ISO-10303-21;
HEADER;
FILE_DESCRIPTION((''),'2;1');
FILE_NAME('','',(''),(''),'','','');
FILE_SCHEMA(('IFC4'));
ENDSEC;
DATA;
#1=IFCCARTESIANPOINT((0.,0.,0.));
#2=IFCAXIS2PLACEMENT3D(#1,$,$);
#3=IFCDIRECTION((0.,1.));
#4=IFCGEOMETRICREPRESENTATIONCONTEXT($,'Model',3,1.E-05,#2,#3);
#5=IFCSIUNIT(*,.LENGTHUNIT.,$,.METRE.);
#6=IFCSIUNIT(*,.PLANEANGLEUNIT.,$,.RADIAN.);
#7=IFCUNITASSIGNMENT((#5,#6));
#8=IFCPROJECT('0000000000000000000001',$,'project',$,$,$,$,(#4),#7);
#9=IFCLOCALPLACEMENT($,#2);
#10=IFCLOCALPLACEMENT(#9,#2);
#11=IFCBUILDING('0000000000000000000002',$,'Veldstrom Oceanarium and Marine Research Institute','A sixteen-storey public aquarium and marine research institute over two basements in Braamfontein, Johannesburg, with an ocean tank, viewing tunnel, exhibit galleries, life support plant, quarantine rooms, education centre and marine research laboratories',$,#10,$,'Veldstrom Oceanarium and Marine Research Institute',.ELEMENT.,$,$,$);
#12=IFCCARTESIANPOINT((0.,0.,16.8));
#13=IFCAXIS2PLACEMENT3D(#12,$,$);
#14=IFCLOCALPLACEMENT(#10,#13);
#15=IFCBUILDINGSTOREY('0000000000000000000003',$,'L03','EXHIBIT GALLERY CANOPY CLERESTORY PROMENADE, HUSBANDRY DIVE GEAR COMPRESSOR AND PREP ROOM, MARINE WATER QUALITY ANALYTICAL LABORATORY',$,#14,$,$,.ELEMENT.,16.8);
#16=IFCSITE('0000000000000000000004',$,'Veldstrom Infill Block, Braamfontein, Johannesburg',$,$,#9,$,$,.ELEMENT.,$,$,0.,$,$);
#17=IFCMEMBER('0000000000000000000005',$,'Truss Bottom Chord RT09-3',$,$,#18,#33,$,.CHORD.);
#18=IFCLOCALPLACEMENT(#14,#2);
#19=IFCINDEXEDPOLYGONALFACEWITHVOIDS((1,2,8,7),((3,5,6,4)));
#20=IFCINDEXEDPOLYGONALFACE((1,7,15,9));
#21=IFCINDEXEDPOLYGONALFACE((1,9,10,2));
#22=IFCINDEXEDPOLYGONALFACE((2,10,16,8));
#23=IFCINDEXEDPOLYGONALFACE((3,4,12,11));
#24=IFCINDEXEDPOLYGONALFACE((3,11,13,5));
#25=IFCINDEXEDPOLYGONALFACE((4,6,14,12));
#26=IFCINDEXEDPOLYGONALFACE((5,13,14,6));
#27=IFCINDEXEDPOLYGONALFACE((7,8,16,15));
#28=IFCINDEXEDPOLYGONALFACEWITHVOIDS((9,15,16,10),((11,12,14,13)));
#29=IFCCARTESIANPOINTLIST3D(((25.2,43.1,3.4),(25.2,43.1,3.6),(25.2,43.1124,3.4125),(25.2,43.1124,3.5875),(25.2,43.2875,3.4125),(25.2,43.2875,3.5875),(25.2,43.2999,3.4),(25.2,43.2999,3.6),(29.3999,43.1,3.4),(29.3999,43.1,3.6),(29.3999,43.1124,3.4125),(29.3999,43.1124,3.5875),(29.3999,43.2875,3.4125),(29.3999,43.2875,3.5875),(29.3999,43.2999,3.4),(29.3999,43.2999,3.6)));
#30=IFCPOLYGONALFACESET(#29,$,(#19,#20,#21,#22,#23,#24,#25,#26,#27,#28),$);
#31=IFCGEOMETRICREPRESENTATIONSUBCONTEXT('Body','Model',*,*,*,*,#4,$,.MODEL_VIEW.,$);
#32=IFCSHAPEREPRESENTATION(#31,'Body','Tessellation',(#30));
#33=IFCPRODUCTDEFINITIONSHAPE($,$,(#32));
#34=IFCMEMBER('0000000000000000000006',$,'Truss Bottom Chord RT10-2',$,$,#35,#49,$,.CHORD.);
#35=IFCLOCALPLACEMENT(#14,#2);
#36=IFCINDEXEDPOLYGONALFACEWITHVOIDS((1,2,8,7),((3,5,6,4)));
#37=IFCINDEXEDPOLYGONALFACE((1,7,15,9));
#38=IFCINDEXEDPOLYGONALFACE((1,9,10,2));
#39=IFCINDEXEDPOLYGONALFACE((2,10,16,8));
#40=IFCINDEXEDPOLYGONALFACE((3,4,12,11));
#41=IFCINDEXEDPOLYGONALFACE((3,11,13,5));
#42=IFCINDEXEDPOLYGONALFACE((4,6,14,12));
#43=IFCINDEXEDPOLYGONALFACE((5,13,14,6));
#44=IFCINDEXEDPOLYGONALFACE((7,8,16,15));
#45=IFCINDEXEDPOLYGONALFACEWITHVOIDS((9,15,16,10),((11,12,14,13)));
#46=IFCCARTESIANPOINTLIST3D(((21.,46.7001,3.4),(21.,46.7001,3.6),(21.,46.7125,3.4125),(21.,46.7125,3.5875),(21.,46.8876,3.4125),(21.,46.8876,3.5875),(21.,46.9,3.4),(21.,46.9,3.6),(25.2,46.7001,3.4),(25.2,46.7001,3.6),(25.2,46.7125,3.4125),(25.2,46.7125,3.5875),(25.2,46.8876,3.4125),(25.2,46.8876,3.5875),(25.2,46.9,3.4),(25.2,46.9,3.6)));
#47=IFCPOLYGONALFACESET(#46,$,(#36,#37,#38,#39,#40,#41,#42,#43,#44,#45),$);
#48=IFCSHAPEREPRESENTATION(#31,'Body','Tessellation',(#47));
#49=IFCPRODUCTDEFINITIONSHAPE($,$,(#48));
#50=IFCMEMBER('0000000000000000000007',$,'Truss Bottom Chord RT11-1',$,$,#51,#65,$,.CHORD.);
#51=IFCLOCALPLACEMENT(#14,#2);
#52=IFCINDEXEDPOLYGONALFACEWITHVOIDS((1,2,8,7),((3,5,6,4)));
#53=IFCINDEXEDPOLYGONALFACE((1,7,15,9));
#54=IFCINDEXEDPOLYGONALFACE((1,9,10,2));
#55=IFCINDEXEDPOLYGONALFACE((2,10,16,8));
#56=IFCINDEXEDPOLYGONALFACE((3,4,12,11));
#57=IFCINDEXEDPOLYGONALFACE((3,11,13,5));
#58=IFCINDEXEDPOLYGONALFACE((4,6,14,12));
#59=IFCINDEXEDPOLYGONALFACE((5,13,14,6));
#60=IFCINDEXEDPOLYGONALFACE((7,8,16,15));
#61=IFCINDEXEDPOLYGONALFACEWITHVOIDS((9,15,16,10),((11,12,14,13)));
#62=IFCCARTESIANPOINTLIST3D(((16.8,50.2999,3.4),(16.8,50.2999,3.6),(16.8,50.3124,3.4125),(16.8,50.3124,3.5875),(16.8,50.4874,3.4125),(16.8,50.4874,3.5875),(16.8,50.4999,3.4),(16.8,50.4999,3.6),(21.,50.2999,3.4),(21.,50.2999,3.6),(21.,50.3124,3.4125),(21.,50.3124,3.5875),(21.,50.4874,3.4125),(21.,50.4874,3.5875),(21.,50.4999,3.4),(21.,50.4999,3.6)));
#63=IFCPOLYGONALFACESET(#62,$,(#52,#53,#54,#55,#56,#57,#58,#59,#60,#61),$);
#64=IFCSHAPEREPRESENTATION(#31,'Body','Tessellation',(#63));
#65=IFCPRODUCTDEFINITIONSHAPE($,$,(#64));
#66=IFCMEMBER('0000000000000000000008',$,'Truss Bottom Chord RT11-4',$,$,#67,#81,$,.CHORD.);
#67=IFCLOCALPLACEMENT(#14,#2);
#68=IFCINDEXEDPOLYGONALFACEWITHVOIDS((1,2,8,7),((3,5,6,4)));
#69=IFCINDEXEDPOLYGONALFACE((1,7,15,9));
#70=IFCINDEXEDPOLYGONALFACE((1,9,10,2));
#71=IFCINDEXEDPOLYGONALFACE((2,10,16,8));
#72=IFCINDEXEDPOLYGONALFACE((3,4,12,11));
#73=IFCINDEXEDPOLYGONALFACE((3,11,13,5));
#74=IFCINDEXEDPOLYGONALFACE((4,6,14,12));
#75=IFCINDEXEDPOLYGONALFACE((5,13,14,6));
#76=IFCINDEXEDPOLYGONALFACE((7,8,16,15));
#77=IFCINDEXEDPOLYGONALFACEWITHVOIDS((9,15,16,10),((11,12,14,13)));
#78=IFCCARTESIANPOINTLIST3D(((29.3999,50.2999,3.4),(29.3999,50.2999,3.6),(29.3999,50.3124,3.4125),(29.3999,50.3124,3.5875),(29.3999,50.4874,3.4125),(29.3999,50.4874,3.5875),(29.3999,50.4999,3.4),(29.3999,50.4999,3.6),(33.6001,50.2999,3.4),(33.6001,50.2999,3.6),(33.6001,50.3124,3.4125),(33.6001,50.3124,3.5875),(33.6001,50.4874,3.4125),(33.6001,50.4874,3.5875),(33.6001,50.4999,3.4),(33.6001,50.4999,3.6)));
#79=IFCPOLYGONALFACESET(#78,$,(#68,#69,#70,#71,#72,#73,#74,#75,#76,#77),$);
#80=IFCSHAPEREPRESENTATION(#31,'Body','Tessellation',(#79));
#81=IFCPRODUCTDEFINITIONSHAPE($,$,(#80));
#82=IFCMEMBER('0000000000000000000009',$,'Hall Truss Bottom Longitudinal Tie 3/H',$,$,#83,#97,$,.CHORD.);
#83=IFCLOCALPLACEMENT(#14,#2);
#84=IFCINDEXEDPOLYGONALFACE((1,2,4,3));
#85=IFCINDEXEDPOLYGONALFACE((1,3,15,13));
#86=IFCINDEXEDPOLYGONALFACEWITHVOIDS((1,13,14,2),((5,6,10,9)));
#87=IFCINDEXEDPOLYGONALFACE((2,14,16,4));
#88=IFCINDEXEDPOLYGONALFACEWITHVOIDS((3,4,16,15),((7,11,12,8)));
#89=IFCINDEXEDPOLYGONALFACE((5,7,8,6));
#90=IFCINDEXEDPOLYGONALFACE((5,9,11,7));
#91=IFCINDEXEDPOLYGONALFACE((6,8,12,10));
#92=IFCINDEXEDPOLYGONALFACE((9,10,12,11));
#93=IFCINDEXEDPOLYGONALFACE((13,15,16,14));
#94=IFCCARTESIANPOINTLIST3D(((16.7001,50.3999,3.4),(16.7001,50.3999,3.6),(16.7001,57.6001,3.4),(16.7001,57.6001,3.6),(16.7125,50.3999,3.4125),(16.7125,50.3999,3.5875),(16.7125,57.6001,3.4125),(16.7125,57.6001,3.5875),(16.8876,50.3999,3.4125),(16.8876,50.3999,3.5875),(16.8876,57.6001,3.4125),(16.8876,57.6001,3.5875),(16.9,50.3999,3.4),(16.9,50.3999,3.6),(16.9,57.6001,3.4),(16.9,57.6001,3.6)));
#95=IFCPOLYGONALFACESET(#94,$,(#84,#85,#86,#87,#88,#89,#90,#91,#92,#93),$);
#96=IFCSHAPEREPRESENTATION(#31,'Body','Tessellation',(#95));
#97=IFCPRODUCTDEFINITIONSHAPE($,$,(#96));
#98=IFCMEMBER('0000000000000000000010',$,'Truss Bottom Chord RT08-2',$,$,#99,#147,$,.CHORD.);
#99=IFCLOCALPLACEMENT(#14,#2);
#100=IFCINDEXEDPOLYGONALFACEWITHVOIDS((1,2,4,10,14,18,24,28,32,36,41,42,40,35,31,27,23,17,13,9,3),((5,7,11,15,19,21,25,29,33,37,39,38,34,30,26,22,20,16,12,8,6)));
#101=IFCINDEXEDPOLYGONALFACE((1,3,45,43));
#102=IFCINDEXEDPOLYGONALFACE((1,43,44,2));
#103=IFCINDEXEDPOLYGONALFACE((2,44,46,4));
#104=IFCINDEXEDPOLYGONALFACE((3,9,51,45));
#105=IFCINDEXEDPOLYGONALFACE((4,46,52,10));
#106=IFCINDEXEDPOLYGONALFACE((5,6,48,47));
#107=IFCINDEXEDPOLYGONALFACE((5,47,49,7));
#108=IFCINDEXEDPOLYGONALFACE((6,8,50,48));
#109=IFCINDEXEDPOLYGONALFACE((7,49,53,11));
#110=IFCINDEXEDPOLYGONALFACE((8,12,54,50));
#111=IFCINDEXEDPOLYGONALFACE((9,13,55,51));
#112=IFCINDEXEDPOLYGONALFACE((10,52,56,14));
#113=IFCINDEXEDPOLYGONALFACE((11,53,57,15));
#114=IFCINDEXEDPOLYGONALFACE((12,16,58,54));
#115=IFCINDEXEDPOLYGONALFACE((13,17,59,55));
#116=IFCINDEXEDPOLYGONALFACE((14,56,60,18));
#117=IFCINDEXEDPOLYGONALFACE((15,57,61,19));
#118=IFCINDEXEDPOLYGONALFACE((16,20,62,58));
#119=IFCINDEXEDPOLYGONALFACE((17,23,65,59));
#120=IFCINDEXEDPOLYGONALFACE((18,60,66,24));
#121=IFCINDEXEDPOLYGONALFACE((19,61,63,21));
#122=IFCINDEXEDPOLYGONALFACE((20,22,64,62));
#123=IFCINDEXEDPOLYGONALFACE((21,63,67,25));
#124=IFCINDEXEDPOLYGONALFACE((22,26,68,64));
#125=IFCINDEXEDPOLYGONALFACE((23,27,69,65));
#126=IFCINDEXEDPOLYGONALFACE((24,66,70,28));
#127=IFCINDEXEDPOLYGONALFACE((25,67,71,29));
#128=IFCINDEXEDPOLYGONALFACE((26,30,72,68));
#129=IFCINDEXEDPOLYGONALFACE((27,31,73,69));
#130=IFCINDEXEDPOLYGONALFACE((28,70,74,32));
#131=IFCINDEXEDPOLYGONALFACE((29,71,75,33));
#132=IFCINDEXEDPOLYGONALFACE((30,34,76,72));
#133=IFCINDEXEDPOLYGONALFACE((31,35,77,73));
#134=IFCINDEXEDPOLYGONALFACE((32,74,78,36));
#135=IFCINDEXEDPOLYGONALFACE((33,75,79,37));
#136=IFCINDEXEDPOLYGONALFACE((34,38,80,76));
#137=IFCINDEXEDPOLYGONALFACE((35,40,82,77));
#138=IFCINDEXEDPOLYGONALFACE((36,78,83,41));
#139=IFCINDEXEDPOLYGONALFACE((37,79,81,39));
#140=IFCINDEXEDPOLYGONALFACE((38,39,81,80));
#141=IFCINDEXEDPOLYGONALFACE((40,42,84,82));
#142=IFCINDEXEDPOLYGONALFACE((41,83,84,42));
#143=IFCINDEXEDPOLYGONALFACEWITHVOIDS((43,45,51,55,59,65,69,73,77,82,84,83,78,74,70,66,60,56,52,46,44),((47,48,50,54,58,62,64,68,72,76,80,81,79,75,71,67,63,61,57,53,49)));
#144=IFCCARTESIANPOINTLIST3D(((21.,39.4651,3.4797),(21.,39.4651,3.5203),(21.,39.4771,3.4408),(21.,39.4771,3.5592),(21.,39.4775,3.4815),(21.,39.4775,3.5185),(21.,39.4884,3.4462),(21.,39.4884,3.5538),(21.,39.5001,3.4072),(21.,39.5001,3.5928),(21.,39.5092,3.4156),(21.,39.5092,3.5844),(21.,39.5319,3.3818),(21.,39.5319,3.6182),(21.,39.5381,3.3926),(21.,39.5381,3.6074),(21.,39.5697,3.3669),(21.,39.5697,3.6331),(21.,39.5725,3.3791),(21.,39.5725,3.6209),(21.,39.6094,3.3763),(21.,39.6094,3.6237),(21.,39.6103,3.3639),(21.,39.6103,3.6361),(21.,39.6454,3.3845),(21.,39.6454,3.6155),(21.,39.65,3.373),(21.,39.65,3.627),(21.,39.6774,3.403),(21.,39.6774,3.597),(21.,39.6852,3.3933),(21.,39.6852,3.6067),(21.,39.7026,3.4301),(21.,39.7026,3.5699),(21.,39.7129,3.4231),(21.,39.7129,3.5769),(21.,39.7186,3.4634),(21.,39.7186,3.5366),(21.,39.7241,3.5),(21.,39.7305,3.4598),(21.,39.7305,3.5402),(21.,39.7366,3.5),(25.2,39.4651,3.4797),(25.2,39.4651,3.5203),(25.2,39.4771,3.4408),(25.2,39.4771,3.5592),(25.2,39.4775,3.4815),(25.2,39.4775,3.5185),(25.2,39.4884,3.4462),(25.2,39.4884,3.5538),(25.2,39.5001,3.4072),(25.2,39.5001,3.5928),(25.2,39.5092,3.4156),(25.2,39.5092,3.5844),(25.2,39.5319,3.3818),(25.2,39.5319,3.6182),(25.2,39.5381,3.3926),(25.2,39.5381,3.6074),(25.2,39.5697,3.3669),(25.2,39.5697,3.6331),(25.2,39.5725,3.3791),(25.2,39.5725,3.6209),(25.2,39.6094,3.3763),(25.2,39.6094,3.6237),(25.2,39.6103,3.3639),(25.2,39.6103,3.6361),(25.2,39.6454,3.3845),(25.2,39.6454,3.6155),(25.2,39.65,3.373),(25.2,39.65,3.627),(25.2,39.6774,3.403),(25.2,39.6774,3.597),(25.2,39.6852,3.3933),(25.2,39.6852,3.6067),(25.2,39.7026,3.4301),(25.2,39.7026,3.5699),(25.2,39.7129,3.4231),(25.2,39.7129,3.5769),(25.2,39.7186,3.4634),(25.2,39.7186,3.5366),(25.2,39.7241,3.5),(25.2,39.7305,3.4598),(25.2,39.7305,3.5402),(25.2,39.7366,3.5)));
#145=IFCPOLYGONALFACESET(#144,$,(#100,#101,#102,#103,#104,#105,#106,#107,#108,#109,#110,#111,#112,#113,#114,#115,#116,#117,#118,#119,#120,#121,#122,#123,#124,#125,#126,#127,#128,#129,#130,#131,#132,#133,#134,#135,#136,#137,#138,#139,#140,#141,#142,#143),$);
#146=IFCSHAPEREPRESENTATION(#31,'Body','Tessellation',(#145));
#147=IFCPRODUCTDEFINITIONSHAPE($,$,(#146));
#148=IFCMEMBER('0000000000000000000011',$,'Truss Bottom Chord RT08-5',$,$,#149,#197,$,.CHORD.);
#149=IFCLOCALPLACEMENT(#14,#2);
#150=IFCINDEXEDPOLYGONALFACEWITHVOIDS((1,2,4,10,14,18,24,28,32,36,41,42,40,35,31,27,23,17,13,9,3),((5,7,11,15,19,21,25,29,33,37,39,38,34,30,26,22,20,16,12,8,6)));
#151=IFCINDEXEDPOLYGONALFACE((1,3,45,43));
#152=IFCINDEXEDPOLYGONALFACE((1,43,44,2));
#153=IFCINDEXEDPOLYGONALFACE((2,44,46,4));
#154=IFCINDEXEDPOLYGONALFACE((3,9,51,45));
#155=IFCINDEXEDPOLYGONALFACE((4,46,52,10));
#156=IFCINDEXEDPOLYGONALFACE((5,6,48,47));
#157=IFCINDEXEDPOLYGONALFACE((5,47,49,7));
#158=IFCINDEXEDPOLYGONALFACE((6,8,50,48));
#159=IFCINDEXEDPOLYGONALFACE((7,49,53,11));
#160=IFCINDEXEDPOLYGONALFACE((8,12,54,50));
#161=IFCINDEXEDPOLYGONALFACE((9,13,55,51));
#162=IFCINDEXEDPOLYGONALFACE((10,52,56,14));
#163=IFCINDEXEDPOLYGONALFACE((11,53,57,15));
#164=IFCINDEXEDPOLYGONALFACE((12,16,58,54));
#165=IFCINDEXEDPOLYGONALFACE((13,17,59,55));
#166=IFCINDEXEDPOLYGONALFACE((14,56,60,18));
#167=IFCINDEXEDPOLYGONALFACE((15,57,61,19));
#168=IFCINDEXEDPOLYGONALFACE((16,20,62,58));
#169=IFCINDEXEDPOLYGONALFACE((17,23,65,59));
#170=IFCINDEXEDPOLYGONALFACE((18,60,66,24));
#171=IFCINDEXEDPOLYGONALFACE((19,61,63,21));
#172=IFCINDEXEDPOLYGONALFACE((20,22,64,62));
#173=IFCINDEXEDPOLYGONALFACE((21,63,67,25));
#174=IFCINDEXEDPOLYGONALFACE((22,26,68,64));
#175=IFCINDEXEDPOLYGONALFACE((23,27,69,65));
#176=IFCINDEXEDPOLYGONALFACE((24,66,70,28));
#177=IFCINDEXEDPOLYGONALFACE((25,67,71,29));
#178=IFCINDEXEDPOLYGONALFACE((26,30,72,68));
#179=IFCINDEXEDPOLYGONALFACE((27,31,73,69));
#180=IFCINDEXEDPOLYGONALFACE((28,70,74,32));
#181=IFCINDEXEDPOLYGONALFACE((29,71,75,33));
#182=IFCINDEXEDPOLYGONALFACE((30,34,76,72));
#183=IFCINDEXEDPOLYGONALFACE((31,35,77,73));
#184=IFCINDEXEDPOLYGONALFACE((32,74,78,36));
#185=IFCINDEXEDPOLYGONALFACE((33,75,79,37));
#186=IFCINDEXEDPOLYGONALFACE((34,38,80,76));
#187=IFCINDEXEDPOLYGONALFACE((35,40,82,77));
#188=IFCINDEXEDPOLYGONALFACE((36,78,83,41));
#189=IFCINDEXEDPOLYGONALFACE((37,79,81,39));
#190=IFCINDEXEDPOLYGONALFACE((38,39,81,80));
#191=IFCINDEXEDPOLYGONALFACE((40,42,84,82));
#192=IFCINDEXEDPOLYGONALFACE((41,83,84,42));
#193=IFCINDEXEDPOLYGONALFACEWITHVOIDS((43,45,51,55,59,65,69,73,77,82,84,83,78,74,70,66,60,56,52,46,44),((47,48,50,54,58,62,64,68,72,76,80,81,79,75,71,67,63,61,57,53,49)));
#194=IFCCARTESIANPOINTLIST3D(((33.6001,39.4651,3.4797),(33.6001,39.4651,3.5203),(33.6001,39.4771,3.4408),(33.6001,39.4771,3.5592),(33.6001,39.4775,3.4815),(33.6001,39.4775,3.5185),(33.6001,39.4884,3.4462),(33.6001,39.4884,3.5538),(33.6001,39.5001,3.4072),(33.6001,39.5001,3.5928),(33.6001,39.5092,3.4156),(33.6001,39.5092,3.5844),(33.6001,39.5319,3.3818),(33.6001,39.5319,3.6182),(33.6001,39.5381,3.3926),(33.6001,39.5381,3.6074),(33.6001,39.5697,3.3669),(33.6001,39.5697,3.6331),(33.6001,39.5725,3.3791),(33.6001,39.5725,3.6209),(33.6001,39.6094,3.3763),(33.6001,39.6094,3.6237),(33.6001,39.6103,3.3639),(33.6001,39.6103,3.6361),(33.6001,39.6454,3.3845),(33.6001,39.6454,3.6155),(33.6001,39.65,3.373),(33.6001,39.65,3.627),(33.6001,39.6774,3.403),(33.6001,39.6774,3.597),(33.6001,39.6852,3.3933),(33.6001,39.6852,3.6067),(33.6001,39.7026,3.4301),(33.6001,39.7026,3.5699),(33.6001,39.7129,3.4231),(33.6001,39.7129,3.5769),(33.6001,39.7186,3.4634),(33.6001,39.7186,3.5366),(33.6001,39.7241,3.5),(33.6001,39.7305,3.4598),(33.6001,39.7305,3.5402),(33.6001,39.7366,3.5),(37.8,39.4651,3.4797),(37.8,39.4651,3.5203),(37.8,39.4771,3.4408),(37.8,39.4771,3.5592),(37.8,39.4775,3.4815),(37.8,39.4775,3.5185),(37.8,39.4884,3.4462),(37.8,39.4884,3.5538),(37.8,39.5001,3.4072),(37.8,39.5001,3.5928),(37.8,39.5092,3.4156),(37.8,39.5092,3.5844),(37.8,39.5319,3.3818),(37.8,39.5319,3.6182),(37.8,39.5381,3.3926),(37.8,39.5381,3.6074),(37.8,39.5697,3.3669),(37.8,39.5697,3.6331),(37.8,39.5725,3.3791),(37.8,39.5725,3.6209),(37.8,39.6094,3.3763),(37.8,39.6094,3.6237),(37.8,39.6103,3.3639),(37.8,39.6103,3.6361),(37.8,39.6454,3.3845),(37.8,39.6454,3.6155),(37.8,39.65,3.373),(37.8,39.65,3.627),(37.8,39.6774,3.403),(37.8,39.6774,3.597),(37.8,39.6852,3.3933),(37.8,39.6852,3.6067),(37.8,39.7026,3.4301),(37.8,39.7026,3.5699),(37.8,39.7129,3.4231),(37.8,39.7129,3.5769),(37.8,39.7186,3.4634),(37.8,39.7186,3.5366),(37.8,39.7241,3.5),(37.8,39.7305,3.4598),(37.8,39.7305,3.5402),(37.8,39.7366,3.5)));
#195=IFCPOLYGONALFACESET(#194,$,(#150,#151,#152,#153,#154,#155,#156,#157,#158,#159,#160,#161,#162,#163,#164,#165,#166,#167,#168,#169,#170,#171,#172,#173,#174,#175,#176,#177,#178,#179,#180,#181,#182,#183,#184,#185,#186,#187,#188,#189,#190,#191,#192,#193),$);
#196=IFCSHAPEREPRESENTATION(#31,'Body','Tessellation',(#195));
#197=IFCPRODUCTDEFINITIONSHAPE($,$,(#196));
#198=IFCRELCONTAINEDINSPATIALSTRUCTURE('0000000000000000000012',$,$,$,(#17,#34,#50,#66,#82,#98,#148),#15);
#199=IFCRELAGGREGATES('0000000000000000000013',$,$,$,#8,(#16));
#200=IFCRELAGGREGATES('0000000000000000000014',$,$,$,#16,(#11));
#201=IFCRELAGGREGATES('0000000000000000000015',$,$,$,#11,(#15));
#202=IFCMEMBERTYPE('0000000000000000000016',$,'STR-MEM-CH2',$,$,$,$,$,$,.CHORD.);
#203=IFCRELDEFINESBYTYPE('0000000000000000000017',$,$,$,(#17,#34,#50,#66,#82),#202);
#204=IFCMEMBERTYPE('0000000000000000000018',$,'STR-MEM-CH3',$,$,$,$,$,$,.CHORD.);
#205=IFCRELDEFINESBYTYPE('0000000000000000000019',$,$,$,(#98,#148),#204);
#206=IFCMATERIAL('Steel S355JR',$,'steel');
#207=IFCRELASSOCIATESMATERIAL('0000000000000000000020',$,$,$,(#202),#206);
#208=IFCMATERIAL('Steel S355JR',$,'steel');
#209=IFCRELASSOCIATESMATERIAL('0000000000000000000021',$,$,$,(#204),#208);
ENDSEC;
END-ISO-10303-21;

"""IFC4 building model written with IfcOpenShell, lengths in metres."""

from ifc_helpers import new_model, si_unit, direction, frame, origin, origin_2d, place, context, subcontext, project, spatial, hollow_rectangle, hollow_circle, extrude, material, material_profile, profile_set, type_object, element, save


model = new_model("IFC4")

# Units and contexts
model_context = context("Model", 3, precision=1e-05, world=origin(), true_north=direction((0.0, 1.0)))
body_context = subcontext(model_context, "Body", "Model", "MODEL_VIEW")
ifc_project = project(units=[si_unit("LENGTHUNIT", "METRE"), si_unit("PLANEANGLEUNIT", "RADIAN")], contexts=[model_context])

# Site, building, storey
site_placement = place(None, origin())
site = spatial("IfcSite", under=ifc_project, at=site_placement, Name="Veldstrom Infill Block, Braamfontein, Johannesburg", CompositionType="ELEMENT", RefElevation=0.0)
building_placement = place(site_placement, origin())
building = spatial("IfcBuilding", under=site, at=building_placement, Name="Veldstrom Oceanarium and Marine Research Institute", Description="A sixteen-storey public aquarium and marine research institute over two basements in Braamfontein, Johannesburg, with an ocean tank, viewing tunnel, exhibit galleries, life support plant, quarantine rooms, education centre and marine research laboratories", LongName="Veldstrom Oceanarium and Marine Research Institute", CompositionType="ELEMENT")
storey_placement = place(building_placement, frame((0.0, 0.0, 16.8)))
storey = spatial("IfcBuildingStorey", under=building, at=storey_placement, Name="L03", Description="EXHIBIT GALLERY CANOPY CLERESTORY PROMENADE, HUSBANDRY DIVE GEAR COMPRESSOR AND PREP ROOM, MARINE WATER QUALITY ANALYTICAL LABORATORY", CompositionType="ELEMENT", Elevation=16.8)

# Members
ifc_material_1 = material(Name="Steel S355JR", Category="steel")
ifc_material_profile_1 = material_profile(ifc_material_1, hollow_rectangle(XDim=0.2, YDim=0.2, WallThickness=0.0125, at=origin_2d()), Name="SHS 200x200x12.5")
ifc_profile_set_1 = profile_set([ifc_material_profile_1], Name="Steel S355JR")
member_type_1 = type_object("IfcMemberType", Name="STR-MEM-CH2", PredefinedType="CHORD", material=ifc_profile_set_1)
for number, where, z_axis, x_axis, name in (
    (1, (25.2, 43.2, 3.5), (1.0, 0.0, 0.0), (0.0, 1.0, 0.0), "Truss Bottom Chord RT09-3"),
    (2, (21.0, 46.8, 3.5), (1.0, 0.0, 0.0), (0.0, 1.0, 0.0), "Truss Bottom Chord RT10-2"),
    (3, (16.8, 50.3999, 3.5), (1.0, 0.0, 0.0), (0.0, 1.0, 0.0), "Truss Bottom Chord RT11-1"),
):
    element("IfcMember", number, at=place(storey_placement, frame(where, z_axis=z_axis, x_axis=x_axis)), inside=storey, type_object=member_type_1, Name=name, PredefinedType="CHORD", context=body_context, shape_type="SweptSolid", body=[
        extrude(hollow_rectangle(XDim=0.2, YDim=0.2, WallThickness=0.0125, at=origin_2d()), origin(), (0.0, 0.0, 1.0), 4.2),
    ])
member_1_placement = place(storey_placement, frame((29.3999, 50.3999, 3.5), z_axis=(1.0, 0.0, 0.0), x_axis=(0.0, 1.0, 0.0)))
element("IfcMember", 4, at=member_1_placement, inside=storey, type_object=member_type_1, Name="Truss Bottom Chord RT11-4", PredefinedType="CHORD", context=body_context, shape_type="SweptSolid", body=[
    extrude(hollow_rectangle(XDim=0.2, YDim=0.2, WallThickness=0.0125, at=origin_2d()), origin(), (0.0, 0.0, 1.0), 4.2002),
])
member_2_placement = place(storey_placement, frame((16.8, 50.3999, 3.5), z_axis=(0.0, 1.0, 0.0), x_axis=(-1.0, 0.0, 0.0)))
element("IfcMember", 5, at=member_2_placement, inside=storey, type_object=member_type_1, Name="Hall Truss Bottom Longitudinal Tie 3/H", PredefinedType="CHORD", context=body_context, shape_type="SweptSolid", body=[
    extrude(hollow_rectangle(XDim=0.2, YDim=0.2, WallThickness=0.0125, at=origin_2d()), origin(), (0.0, 0.0, 1.0), 7.2002),
])
ifc_material_2 = material(Name="Steel S355JR", Category="steel")
ifc_material_profile_2 = material_profile(ifc_material_2, hollow_circle(Radius=0.1365, WallThickness=0.0125, at=origin_2d()), Name="CHS 273x12.5")
ifc_profile_set_2 = profile_set([ifc_material_profile_2], Name="Steel S355JR")
member_type_2 = type_object("IfcMemberType", Name="STR-MEM-CH3", PredefinedType="CHORD", material=ifc_profile_set_2)
for number, where, z_axis, x_axis, name in (
    (6, (21.0, 39.6001, 3.5), (1.0, 0.0, 0.0), (0.0, 1.0, 0.0), "Truss Bottom Chord RT08-2"),
    (7, (33.6001, 39.6001, 3.5), (1.0, 0.0, 0.0), (0.0, 1.0, 0.0), "Truss Bottom Chord RT08-5"),
):
    element("IfcMember", number, at=place(storey_placement, frame(where, z_axis=z_axis, x_axis=x_axis)), inside=storey, type_object=member_type_2, Name=name, PredefinedType="CHORD", context=body_context, shape_type="SweptSolid", body=[
        extrude(hollow_circle(Radius=0.1365, WallThickness=0.0125, at=origin_2d()), origin(), (0.0, 0.0, 1.0), 4.2),
    ])

save(model, "model.ifc")
